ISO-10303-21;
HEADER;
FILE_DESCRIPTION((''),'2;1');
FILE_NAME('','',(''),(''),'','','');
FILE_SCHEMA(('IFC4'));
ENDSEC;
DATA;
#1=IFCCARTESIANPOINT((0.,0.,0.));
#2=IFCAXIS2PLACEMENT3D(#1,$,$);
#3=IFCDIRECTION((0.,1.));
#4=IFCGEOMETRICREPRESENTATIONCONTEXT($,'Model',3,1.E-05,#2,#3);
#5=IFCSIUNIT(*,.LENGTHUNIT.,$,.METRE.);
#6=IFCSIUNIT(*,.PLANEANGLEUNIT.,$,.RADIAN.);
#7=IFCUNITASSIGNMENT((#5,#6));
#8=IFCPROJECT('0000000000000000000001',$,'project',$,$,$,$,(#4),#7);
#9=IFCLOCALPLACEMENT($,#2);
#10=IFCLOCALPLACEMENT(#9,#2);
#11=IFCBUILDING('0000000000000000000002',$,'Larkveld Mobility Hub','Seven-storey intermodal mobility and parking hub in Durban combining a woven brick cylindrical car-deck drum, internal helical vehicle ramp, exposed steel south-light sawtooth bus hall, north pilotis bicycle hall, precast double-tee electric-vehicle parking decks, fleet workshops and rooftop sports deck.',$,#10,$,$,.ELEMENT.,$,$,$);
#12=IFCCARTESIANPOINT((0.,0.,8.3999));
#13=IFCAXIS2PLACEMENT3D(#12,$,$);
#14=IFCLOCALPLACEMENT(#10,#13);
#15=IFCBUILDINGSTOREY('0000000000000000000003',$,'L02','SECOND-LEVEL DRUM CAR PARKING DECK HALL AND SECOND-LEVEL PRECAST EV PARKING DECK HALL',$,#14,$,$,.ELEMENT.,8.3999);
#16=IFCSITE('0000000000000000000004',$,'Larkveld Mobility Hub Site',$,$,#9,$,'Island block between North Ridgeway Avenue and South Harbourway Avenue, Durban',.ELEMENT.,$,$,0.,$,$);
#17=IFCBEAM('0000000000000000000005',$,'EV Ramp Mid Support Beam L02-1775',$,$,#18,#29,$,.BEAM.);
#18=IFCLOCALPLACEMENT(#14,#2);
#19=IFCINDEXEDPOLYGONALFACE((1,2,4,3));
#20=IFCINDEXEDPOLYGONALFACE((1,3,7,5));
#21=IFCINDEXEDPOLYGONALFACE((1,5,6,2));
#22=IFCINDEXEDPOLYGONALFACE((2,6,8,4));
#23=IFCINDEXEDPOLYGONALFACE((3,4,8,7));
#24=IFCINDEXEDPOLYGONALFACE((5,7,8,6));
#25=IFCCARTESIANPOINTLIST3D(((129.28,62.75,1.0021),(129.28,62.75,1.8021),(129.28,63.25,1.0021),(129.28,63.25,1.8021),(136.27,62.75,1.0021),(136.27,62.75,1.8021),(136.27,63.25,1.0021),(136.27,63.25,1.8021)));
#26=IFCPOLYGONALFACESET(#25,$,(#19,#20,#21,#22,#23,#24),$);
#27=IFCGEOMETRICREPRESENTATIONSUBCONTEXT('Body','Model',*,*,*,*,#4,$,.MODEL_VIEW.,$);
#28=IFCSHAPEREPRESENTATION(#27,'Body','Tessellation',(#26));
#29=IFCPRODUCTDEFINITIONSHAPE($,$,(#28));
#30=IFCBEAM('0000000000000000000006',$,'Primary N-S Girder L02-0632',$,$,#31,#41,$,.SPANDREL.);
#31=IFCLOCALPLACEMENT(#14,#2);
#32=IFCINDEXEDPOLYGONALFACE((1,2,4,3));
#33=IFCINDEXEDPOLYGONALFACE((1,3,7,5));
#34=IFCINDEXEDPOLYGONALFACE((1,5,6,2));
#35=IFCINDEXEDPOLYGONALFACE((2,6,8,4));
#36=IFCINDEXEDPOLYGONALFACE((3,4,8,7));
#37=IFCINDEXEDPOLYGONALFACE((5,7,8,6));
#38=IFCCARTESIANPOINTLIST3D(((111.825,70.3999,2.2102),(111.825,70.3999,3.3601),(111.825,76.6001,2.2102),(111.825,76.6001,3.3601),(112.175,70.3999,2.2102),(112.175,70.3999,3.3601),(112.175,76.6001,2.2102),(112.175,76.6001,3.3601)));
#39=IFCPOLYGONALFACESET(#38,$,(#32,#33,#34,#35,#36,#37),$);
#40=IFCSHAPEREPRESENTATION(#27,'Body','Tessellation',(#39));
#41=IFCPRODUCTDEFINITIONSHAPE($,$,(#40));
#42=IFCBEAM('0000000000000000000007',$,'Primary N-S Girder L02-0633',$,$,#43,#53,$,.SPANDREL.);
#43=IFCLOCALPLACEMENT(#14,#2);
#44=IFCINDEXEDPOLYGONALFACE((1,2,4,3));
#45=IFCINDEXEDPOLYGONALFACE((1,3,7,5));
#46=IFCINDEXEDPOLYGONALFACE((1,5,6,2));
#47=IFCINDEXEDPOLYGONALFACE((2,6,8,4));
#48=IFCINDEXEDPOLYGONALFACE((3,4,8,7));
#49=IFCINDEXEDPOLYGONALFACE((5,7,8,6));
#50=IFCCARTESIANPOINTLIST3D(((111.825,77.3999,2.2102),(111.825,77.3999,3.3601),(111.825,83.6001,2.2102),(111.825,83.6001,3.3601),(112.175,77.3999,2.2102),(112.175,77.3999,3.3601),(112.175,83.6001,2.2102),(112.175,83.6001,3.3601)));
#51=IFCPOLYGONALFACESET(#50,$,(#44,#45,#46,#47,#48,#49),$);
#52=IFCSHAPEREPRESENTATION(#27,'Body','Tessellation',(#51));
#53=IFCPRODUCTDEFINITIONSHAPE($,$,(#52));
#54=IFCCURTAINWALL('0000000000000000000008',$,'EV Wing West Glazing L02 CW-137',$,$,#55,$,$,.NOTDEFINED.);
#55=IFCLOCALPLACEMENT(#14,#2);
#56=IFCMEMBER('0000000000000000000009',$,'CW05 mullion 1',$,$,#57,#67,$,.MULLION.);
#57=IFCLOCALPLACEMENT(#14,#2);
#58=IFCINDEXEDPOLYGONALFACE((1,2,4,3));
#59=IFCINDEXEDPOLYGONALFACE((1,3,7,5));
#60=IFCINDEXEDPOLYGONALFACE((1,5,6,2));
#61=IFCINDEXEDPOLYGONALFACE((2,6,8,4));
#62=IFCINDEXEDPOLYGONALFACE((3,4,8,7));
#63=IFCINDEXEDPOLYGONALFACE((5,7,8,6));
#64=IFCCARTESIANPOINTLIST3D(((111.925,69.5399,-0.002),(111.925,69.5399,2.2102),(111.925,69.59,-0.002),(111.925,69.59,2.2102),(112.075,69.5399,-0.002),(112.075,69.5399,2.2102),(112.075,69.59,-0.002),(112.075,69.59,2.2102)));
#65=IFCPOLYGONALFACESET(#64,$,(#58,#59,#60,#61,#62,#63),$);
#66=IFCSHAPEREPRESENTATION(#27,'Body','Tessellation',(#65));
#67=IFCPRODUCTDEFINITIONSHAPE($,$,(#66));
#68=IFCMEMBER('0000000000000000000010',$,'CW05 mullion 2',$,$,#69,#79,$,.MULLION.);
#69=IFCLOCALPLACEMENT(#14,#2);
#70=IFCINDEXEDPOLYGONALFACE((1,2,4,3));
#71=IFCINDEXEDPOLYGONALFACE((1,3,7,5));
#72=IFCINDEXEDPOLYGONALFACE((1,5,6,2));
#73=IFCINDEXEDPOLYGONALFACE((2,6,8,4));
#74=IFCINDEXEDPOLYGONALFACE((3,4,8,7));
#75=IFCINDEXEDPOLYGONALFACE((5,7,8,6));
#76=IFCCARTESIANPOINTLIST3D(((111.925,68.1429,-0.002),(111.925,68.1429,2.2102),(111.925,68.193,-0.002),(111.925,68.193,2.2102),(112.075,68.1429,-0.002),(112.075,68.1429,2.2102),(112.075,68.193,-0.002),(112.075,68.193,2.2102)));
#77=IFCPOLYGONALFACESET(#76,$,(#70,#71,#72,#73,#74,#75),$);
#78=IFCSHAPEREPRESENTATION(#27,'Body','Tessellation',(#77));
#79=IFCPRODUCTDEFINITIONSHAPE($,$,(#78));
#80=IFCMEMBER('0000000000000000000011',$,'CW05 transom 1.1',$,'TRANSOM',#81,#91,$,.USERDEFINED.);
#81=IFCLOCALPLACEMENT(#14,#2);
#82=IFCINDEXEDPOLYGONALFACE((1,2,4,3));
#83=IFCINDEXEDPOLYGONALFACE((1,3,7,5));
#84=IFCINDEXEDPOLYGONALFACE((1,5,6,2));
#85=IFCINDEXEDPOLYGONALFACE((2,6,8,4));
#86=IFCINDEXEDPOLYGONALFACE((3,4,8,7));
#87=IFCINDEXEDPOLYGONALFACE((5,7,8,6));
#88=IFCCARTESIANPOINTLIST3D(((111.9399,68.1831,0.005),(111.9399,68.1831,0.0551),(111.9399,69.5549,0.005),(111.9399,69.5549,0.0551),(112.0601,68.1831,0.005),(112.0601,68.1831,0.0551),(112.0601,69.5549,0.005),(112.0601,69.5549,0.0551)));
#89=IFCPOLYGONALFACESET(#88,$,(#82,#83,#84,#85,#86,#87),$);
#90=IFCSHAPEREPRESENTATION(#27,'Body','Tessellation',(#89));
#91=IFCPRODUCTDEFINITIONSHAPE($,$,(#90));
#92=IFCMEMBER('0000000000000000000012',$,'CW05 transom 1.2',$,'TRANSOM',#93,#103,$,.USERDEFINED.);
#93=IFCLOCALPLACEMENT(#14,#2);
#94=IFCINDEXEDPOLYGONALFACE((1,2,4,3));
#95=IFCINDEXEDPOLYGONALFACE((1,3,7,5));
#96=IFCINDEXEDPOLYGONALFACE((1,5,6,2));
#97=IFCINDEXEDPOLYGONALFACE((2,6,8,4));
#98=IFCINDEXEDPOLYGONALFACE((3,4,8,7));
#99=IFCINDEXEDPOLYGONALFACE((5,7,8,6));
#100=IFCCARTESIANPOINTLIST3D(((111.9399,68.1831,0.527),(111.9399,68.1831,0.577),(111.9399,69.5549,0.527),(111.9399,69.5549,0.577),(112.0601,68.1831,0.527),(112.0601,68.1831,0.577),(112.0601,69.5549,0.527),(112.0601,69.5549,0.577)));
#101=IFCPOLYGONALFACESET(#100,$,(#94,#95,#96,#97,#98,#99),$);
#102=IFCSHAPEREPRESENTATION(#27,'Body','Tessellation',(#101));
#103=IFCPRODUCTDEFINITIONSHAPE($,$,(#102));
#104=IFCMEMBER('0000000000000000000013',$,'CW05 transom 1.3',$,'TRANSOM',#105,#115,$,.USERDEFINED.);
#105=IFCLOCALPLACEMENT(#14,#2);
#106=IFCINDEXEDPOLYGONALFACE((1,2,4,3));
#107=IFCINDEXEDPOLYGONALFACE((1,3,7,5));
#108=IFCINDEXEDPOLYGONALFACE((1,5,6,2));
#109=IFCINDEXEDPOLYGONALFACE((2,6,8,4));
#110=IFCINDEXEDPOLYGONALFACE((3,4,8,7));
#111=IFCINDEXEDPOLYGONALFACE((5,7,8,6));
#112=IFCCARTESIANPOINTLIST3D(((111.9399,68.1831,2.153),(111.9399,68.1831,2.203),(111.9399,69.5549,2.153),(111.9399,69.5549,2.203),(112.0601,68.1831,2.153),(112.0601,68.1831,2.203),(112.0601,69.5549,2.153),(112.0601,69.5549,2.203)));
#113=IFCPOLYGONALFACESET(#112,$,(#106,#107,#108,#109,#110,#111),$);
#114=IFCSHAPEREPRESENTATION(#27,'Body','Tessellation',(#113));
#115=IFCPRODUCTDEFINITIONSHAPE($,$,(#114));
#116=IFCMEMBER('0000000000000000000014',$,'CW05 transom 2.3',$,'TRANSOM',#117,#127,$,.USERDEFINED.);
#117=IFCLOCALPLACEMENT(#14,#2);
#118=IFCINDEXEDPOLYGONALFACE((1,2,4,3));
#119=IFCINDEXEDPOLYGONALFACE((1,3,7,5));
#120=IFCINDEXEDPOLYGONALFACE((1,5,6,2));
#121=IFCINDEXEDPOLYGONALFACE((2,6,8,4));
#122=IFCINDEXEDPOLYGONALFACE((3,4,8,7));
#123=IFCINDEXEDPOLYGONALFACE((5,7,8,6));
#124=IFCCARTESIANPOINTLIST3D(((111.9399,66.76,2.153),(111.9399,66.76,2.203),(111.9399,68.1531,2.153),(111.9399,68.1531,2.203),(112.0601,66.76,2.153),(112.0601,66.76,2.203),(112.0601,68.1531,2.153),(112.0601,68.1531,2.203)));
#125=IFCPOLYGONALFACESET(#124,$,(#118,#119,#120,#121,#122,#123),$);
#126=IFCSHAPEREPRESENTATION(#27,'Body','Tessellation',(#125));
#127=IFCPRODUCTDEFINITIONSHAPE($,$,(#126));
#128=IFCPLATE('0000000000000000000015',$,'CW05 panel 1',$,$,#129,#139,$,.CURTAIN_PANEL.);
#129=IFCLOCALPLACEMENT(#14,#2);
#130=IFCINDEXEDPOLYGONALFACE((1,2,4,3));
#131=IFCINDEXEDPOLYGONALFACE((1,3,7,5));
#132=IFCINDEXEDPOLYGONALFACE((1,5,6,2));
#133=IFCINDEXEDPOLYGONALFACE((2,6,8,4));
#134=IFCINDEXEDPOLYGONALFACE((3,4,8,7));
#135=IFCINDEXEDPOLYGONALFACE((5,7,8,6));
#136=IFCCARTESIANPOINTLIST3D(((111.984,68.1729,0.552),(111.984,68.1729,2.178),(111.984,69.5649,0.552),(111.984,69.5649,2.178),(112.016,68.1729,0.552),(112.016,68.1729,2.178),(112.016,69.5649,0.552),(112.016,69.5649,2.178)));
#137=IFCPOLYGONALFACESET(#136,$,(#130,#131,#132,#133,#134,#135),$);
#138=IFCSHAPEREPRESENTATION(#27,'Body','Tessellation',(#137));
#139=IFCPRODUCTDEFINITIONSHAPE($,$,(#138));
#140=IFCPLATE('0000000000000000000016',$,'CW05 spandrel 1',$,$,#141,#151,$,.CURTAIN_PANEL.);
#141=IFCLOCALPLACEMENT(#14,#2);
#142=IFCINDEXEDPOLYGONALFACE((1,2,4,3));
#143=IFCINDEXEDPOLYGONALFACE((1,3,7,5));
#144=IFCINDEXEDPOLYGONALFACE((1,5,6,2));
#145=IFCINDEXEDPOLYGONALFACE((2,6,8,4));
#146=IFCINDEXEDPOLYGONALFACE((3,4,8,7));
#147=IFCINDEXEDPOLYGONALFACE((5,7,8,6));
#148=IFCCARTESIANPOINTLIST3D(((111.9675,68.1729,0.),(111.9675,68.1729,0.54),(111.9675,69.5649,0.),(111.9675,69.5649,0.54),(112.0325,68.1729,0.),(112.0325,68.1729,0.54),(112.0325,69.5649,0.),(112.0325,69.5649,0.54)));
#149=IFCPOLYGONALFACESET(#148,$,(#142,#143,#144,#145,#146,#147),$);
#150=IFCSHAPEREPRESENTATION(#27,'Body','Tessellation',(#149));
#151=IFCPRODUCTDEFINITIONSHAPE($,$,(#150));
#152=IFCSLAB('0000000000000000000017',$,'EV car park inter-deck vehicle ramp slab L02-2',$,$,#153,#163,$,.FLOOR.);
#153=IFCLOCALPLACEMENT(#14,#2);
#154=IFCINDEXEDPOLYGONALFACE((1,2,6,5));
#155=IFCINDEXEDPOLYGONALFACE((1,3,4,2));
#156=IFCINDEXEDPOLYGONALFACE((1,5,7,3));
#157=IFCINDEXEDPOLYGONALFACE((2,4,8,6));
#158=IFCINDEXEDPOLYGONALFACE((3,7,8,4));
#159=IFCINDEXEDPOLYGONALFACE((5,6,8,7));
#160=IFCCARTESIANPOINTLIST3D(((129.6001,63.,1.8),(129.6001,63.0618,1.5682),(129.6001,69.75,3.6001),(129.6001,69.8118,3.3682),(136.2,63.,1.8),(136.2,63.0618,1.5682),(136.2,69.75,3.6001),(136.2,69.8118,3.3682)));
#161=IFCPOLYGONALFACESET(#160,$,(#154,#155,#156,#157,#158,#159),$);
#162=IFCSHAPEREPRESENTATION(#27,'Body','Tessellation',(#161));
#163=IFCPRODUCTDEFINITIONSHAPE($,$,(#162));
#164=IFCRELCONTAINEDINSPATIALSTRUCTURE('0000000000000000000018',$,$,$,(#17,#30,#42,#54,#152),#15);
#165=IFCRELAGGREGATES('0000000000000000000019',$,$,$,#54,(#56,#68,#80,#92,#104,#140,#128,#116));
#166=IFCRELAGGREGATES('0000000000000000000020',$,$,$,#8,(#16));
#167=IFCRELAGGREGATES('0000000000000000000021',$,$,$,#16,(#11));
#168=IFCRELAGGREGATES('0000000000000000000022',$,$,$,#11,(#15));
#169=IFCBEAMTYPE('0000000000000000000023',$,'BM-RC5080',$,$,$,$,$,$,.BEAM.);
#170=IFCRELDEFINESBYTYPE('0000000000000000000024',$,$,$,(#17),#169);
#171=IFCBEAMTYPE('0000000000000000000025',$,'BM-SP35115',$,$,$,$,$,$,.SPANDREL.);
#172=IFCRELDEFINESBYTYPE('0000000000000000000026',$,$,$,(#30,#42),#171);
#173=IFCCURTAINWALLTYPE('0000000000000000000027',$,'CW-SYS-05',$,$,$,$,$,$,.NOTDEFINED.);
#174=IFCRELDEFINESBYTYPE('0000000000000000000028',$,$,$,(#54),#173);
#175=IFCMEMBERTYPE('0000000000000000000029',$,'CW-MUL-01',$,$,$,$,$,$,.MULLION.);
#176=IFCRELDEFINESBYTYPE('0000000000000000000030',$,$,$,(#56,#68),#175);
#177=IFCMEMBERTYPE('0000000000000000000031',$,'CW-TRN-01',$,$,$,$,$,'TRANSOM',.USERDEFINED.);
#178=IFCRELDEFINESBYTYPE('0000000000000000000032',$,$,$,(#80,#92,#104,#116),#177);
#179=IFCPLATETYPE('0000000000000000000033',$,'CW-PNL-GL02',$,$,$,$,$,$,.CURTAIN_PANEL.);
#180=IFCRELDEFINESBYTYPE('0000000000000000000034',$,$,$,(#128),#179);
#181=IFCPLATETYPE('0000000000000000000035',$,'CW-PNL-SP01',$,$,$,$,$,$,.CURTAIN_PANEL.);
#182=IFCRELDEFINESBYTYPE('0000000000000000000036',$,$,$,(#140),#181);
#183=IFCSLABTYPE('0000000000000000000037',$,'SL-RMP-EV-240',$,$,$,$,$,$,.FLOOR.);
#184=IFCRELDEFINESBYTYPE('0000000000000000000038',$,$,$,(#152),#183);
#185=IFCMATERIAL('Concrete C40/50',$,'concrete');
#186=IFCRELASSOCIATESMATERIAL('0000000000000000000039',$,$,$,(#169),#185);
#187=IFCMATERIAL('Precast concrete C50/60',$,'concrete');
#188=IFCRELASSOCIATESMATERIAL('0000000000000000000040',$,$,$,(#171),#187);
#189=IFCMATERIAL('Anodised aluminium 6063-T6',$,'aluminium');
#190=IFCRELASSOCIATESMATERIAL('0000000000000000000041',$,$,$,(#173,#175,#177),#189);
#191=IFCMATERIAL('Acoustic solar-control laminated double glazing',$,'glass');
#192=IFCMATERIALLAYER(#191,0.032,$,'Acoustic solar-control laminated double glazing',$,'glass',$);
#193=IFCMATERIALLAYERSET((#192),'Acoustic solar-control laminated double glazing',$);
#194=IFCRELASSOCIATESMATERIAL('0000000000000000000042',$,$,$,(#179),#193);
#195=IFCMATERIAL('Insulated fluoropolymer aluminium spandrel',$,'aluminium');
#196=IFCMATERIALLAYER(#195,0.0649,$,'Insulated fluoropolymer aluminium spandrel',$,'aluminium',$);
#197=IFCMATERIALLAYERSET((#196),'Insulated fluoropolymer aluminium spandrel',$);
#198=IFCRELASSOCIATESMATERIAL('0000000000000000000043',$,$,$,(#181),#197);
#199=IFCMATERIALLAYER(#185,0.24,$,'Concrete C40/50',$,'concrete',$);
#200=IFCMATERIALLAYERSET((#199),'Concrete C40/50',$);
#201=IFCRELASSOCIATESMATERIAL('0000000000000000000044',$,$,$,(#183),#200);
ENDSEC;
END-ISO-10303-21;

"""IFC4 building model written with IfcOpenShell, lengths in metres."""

from ifc_helpers import new_model, si_unit, direction, frame, origin, origin_2d, place, context, subcontext, project, spatial, polyline, rectangle, outline, extrude, material, layer, layer_set, material_profile, profile_set, type_object, element, aggregate, save


model = new_model("IFC4")

# Units and contexts
model_context = context("Model", 3, precision=1e-05, world=origin(), true_north=direction((0.0, 1.0)))
body_context = subcontext(model_context, "Body", "Model", "MODEL_VIEW")
ifc_project = project(units=[si_unit("LENGTHUNIT", "METRE"), si_unit("PLANEANGLEUNIT", "RADIAN")], contexts=[model_context])

# Site, building, storey
site_placement = place(None, origin())
site = spatial("IfcSite", under=ifc_project, at=site_placement, Name="Larkveld Mobility Hub Site", LongName="Island block between North Ridgeway Avenue and South Harbourway Avenue, Durban", CompositionType="ELEMENT", RefElevation=0.0)
building_placement = place(site_placement, origin())
building = spatial("IfcBuilding", under=site, at=building_placement, Name="Larkveld Mobility Hub", Description="Seven-storey intermodal mobility and parking hub in Durban combining a woven brick cylindrical car-deck drum, internal helical vehicle ramp, exposed steel south-light sawtooth bus hall, north pilotis bicycle hall, precast double-tee electric-vehicle parking decks, fleet workshops and rooftop sports deck.", CompositionType="ELEMENT")
storey_placement = place(building_placement, frame((0.0, 0.0, 8.3999)))
storey = spatial("IfcBuildingStorey", under=building, at=storey_placement, Name="L02", Description="SECOND-LEVEL DRUM CAR PARKING DECK HALL AND SECOND-LEVEL PRECAST EV PARKING DECK HALL", CompositionType="ELEMENT", Elevation=8.3999)

# Shared definitions
ifc_material_1 = material(Name="Precast concrete C50/60", Category="concrete")
ifc_material_2 = material(Name="Concrete C40/50", Category="concrete")

# Beams
ifc_material_profile_1 = material_profile(ifc_material_2, rectangle(XDim=0.5, YDim=0.8, at=origin_2d()), Name="RC BM 500x800")
ifc_profile_set_1 = profile_set([ifc_material_profile_1], Name="Concrete C40/50")
beam_type_1 = type_object("IfcBeamType", Name="BM-RC5080", PredefinedType="BEAM", material=ifc_profile_set_1)
beam_1_placement = place(storey_placement, frame((129.28, 63.0, 1.4021), z_axis=(1.0, 0.0, 0.0), x_axis=(0.0, 1.0, 0.0)))
element("IfcBeam", 1, at=beam_1_placement, inside=storey, type_object=beam_type_1, Name="EV Ramp Mid Support Beam L02-1775", PredefinedType="BEAM", context=body_context, shape_type="SweptSolid", body=[
    extrude(rectangle(XDim=0.5, YDim=0.8, at=origin_2d()), origin(), (0.0, 0.0, 1.0), 6.99),
])
ifc_material_profile_2 = material_profile(ifc_material_1, rectangle(XDim=0.3501, YDim=1.1499, at=origin_2d()), Name="PC SP 350x1150")
ifc_profile_set_2 = profile_set([ifc_material_profile_2], Name="Precast concrete C50/60")
beam_type_2 = type_object("IfcBeamType", Name="BM-SP35115", PredefinedType="SPANDREL", material=ifc_profile_set_2)
for number, where, z_axis, x_axis, name in (
    (2, (112.0, 70.3999, 2.7852), (0.0, 1.0, 0.0), (-1.0, 0.0, 0.0), "Primary N-S Girder L02-0632"),
    (3, (112.0, 77.3999, 2.7852), (0.0, 1.0, 0.0), (-1.0, 0.0, 0.0), "Primary N-S Girder L02-0633"),
):
    element("IfcBeam", number, at=place(storey_placement, frame(where, z_axis=z_axis, x_axis=x_axis)), inside=storey, type_object=beam_type_2, Name=name, PredefinedType="SPANDREL", context=body_context, shape_type="SweptSolid", body=[
        extrude(rectangle(XDim=0.3501, YDim=1.1499, at=origin_2d()), origin(), (0.0, 0.0, 1.0), 6.2002),
    ])

# Curtain wall, members, plates
ifc_material_3 = material(Name="Anodised aluminium 6063-T6", Category="aluminium")
curtain_wall_type = type_object("IfcCurtainWallType", Name="CW-SYS-05", PredefinedType="NOTDEFINED", material=ifc_material_3)
curtain_wall_placement = place(storey_placement, origin())
curtain_wall = element("IfcCurtainWall", 4, at=curtain_wall_placement, inside=storey, type_object=curtain_wall_type, Name="EV Wing West Glazing L02 CW-137", PredefinedType="NOTDEFINED")
ifc_material_profile_3 = material_profile(ifc_material_3, rectangle(XDim=0.05, YDim=0.1499, at=origin_2d()), Name="ALU MULL 50x150")
ifc_profile_set_3 = profile_set([ifc_material_profile_3], Name="Anodised aluminium 6063-T6")
member_type_1 = type_object("IfcMemberType", Name="CW-MUL-01", PredefinedType="MULLION", material=ifc_profile_set_3)
member_1_placement = place(storey_placement, frame((112.0, 69.5649, -0.002), z_axis=(0.0, 0.0, 1.0), x_axis=(0.0, -1.0, 0.0)))
member_1 = element("IfcMember", 5, at=member_1_placement, type_object=member_type_1, Name="CW05 mullion 1", PredefinedType="MULLION", context=body_context, shape_type="SweptSolid", body=[
    extrude(rectangle(XDim=0.05, YDim=0.1499, at=origin_2d()), origin(), (0.0, 0.0, 1.0), 2.2122),
])
member_2_placement = place(storey_placement, frame((112.0, 68.168, -0.002), z_axis=(0.0, 0.0, 1.0), x_axis=(0.0, -1.0, 0.0)))
member_2 = element("IfcMember", 6, at=member_2_placement, type_object=member_type_1, Name="CW05 mullion 2", PredefinedType="MULLION", context=body_context, shape_type="SweptSolid", body=[
    extrude(rectangle(XDim=0.05, YDim=0.1499, at=origin_2d()), origin(), (0.0, 0.0, 1.0), 2.2122),
])
ifc_material_profile_4 = material_profile(ifc_material_3, rectangle(XDim=0.1201, YDim=0.05, at=origin_2d()), Name="ALU TRAN 50x120")
ifc_profile_set_4 = profile_set([ifc_material_profile_4], Name="Anodised aluminium 6063-T6")
member_type_2 = type_object("IfcMemberType", Name="CW-TRN-01", ElementType="TRANSOM", PredefinedType="USERDEFINED", material=ifc_profile_set_4)
member_3_placement = place(storey_placement, frame((112.0, 69.5549, 0.03), z_axis=(0.0, -1.0, 0.0), x_axis=(1.0, 0.0, 0.0)))
member_3 = element("IfcMember", 7, at=member_3_placement, type_object=member_type_2, Name="CW05 transom 1.1", ObjectType="TRANSOM", PredefinedType="USERDEFINED", context=body_context, shape_type="SweptSolid", body=[
    extrude(rectangle(XDim=0.1201, YDim=0.05, at=origin_2d()), origin(), (0.0, 0.0, 1.0), 1.3718),
])
member_4_placement = place(storey_placement, frame((112.0, 69.5549, 0.552), z_axis=(0.0, -1.0, 0.0), x_axis=(1.0, 0.0, 0.0)))
member_4 = element("IfcMember", 8, at=member_4_placement, type_object=member_type_2, Name="CW05 transom 1.2", ObjectType="TRANSOM", PredefinedType="USERDEFINED", context=body_context, shape_type="SweptSolid", body=[
    extrude(rectangle(XDim=0.1201, YDim=0.05, at=origin_2d()), origin(), (0.0, 0.0, 1.0), 1.3718),
])
member_5_placement = place(storey_placement, frame((112.0, 69.5549, 2.178), z_axis=(0.0, -1.0, 0.0), x_axis=(1.0, 0.0, 0.0)))
member_5 = element("IfcMember", 9, at=member_5_placement, type_object=member_type_2, Name="CW05 transom 1.3", ObjectType="TRANSOM", PredefinedType="USERDEFINED", context=body_context, shape_type="SweptSolid", body=[
    extrude(rectangle(XDim=0.1201, YDim=0.05, at=origin_2d()), origin(), (0.0, 0.0, 1.0), 1.3718),
])
member_6_placement = place(storey_placement, frame((112.0, 68.1531, 2.178), z_axis=(0.0, -1.0, 0.0), x_axis=(1.0, 0.0, 0.0)))
member_6 = element("IfcMember", 10, at=member_6_placement, type_object=member_type_2, Name="CW05 transom 2.3", ObjectType="TRANSOM", PredefinedType="USERDEFINED", context=body_context, shape_type="SweptSolid", body=[
    extrude(rectangle(XDim=0.1201, YDim=0.05, at=origin_2d()), origin(), (0.0, 0.0, 1.0), 1.3931),
])
ifc_material_4 = material(Name="Acoustic solar-control laminated double glazing", Category="glass")
ifc_layer_1 = layer(ifc_material_4, 0.032, Name="Acoustic solar-control laminated double glazing", Category="glass")
ifc_layer_set_1 = layer_set([ifc_layer_1], Name="Acoustic solar-control laminated double glazing")
plate_type_1 = type_object("IfcPlateType", Name="CW-PNL-GL02", PredefinedType="CURTAIN_PANEL", material=ifc_layer_set_1)
plate_1_placement = place(storey_placement, frame((112.0, 68.8689, 0.552), z_axis=(0.0, 0.0, 1.0), x_axis=(0.0, -1.0, 0.0)))
plate_1 = element("IfcPlate", 11, at=plate_1_placement, type_object=plate_type_1, Name="CW05 panel 1", PredefinedType="CURTAIN_PANEL", context=body_context, shape_type="SweptSolid", body=[
    extrude(rectangle(XDim=1.3921, YDim=0.032, at=origin_2d()), origin(), (0.0, 0.0, 1.0), 1.626),
])
ifc_material_5 = material(Name="Insulated fluoropolymer aluminium spandrel", Category="aluminium")
ifc_layer_2 = layer(ifc_material_5, 0.0649, Name="Insulated fluoropolymer aluminium spandrel", Category="aluminium")
ifc_layer_set_2 = layer_set([ifc_layer_2], Name="Insulated fluoropolymer aluminium spandrel")
plate_type_2 = type_object("IfcPlateType", Name="CW-PNL-SP01", PredefinedType="CURTAIN_PANEL", material=ifc_layer_set_2)
plate_2_placement = place(storey_placement, frame((112.0, 68.8689, 0.0), z_axis=(0.0, 0.0, 1.0), x_axis=(0.0, -1.0, 0.0)))
plate_2 = element("IfcPlate", 12, at=plate_2_placement, type_object=plate_type_2, Name="CW05 spandrel 1", PredefinedType="CURTAIN_PANEL", context=body_context, shape_type="SweptSolid", body=[
    extrude(rectangle(XDim=1.3921, YDim=0.0649, at=origin_2d()), origin(), (0.0, 0.0, 1.0), 0.54),
])
aggregate(curtain_wall, [member_1, member_2, member_3, member_4, member_5, plate_2, plate_1, member_6])

# Slab
ifc_layer_3 = layer(ifc_material_2, 0.24, Name="Concrete C40/50", Category="concrete")
ifc_layer_set_3 = layer_set([ifc_layer_3], Name="Concrete C40/50")
slab_type = type_object("IfcSlabType", Name="SL-RMP-EV-240", PredefinedType="FLOOR", material=ifc_layer_set_3)
slab_placement = place(storey_placement, frame((129.6001, 63.0, 1.8), z_axis=(0.0, -0.257669, 0.966233), x_axis=(1.0, 0.0, 0.0)))
element("IfcSlab", 13, at=slab_placement, inside=storey, type_object=slab_type, Name="EV car park inter-deck vehicle ramp slab L02-2", PredefinedType="FLOOR", context=body_context, shape_type="SweptSolid", body=[
    extrude(outline(polyline([(0.0, 0.0), (6.5999, 0.0), (6.5999, 6.9859), (0.0, 6.9859), (0.0, 0.0)])), origin(), (0.0, 0.0, -1.0), 0.24),
])

save(model, "model.ifc")
